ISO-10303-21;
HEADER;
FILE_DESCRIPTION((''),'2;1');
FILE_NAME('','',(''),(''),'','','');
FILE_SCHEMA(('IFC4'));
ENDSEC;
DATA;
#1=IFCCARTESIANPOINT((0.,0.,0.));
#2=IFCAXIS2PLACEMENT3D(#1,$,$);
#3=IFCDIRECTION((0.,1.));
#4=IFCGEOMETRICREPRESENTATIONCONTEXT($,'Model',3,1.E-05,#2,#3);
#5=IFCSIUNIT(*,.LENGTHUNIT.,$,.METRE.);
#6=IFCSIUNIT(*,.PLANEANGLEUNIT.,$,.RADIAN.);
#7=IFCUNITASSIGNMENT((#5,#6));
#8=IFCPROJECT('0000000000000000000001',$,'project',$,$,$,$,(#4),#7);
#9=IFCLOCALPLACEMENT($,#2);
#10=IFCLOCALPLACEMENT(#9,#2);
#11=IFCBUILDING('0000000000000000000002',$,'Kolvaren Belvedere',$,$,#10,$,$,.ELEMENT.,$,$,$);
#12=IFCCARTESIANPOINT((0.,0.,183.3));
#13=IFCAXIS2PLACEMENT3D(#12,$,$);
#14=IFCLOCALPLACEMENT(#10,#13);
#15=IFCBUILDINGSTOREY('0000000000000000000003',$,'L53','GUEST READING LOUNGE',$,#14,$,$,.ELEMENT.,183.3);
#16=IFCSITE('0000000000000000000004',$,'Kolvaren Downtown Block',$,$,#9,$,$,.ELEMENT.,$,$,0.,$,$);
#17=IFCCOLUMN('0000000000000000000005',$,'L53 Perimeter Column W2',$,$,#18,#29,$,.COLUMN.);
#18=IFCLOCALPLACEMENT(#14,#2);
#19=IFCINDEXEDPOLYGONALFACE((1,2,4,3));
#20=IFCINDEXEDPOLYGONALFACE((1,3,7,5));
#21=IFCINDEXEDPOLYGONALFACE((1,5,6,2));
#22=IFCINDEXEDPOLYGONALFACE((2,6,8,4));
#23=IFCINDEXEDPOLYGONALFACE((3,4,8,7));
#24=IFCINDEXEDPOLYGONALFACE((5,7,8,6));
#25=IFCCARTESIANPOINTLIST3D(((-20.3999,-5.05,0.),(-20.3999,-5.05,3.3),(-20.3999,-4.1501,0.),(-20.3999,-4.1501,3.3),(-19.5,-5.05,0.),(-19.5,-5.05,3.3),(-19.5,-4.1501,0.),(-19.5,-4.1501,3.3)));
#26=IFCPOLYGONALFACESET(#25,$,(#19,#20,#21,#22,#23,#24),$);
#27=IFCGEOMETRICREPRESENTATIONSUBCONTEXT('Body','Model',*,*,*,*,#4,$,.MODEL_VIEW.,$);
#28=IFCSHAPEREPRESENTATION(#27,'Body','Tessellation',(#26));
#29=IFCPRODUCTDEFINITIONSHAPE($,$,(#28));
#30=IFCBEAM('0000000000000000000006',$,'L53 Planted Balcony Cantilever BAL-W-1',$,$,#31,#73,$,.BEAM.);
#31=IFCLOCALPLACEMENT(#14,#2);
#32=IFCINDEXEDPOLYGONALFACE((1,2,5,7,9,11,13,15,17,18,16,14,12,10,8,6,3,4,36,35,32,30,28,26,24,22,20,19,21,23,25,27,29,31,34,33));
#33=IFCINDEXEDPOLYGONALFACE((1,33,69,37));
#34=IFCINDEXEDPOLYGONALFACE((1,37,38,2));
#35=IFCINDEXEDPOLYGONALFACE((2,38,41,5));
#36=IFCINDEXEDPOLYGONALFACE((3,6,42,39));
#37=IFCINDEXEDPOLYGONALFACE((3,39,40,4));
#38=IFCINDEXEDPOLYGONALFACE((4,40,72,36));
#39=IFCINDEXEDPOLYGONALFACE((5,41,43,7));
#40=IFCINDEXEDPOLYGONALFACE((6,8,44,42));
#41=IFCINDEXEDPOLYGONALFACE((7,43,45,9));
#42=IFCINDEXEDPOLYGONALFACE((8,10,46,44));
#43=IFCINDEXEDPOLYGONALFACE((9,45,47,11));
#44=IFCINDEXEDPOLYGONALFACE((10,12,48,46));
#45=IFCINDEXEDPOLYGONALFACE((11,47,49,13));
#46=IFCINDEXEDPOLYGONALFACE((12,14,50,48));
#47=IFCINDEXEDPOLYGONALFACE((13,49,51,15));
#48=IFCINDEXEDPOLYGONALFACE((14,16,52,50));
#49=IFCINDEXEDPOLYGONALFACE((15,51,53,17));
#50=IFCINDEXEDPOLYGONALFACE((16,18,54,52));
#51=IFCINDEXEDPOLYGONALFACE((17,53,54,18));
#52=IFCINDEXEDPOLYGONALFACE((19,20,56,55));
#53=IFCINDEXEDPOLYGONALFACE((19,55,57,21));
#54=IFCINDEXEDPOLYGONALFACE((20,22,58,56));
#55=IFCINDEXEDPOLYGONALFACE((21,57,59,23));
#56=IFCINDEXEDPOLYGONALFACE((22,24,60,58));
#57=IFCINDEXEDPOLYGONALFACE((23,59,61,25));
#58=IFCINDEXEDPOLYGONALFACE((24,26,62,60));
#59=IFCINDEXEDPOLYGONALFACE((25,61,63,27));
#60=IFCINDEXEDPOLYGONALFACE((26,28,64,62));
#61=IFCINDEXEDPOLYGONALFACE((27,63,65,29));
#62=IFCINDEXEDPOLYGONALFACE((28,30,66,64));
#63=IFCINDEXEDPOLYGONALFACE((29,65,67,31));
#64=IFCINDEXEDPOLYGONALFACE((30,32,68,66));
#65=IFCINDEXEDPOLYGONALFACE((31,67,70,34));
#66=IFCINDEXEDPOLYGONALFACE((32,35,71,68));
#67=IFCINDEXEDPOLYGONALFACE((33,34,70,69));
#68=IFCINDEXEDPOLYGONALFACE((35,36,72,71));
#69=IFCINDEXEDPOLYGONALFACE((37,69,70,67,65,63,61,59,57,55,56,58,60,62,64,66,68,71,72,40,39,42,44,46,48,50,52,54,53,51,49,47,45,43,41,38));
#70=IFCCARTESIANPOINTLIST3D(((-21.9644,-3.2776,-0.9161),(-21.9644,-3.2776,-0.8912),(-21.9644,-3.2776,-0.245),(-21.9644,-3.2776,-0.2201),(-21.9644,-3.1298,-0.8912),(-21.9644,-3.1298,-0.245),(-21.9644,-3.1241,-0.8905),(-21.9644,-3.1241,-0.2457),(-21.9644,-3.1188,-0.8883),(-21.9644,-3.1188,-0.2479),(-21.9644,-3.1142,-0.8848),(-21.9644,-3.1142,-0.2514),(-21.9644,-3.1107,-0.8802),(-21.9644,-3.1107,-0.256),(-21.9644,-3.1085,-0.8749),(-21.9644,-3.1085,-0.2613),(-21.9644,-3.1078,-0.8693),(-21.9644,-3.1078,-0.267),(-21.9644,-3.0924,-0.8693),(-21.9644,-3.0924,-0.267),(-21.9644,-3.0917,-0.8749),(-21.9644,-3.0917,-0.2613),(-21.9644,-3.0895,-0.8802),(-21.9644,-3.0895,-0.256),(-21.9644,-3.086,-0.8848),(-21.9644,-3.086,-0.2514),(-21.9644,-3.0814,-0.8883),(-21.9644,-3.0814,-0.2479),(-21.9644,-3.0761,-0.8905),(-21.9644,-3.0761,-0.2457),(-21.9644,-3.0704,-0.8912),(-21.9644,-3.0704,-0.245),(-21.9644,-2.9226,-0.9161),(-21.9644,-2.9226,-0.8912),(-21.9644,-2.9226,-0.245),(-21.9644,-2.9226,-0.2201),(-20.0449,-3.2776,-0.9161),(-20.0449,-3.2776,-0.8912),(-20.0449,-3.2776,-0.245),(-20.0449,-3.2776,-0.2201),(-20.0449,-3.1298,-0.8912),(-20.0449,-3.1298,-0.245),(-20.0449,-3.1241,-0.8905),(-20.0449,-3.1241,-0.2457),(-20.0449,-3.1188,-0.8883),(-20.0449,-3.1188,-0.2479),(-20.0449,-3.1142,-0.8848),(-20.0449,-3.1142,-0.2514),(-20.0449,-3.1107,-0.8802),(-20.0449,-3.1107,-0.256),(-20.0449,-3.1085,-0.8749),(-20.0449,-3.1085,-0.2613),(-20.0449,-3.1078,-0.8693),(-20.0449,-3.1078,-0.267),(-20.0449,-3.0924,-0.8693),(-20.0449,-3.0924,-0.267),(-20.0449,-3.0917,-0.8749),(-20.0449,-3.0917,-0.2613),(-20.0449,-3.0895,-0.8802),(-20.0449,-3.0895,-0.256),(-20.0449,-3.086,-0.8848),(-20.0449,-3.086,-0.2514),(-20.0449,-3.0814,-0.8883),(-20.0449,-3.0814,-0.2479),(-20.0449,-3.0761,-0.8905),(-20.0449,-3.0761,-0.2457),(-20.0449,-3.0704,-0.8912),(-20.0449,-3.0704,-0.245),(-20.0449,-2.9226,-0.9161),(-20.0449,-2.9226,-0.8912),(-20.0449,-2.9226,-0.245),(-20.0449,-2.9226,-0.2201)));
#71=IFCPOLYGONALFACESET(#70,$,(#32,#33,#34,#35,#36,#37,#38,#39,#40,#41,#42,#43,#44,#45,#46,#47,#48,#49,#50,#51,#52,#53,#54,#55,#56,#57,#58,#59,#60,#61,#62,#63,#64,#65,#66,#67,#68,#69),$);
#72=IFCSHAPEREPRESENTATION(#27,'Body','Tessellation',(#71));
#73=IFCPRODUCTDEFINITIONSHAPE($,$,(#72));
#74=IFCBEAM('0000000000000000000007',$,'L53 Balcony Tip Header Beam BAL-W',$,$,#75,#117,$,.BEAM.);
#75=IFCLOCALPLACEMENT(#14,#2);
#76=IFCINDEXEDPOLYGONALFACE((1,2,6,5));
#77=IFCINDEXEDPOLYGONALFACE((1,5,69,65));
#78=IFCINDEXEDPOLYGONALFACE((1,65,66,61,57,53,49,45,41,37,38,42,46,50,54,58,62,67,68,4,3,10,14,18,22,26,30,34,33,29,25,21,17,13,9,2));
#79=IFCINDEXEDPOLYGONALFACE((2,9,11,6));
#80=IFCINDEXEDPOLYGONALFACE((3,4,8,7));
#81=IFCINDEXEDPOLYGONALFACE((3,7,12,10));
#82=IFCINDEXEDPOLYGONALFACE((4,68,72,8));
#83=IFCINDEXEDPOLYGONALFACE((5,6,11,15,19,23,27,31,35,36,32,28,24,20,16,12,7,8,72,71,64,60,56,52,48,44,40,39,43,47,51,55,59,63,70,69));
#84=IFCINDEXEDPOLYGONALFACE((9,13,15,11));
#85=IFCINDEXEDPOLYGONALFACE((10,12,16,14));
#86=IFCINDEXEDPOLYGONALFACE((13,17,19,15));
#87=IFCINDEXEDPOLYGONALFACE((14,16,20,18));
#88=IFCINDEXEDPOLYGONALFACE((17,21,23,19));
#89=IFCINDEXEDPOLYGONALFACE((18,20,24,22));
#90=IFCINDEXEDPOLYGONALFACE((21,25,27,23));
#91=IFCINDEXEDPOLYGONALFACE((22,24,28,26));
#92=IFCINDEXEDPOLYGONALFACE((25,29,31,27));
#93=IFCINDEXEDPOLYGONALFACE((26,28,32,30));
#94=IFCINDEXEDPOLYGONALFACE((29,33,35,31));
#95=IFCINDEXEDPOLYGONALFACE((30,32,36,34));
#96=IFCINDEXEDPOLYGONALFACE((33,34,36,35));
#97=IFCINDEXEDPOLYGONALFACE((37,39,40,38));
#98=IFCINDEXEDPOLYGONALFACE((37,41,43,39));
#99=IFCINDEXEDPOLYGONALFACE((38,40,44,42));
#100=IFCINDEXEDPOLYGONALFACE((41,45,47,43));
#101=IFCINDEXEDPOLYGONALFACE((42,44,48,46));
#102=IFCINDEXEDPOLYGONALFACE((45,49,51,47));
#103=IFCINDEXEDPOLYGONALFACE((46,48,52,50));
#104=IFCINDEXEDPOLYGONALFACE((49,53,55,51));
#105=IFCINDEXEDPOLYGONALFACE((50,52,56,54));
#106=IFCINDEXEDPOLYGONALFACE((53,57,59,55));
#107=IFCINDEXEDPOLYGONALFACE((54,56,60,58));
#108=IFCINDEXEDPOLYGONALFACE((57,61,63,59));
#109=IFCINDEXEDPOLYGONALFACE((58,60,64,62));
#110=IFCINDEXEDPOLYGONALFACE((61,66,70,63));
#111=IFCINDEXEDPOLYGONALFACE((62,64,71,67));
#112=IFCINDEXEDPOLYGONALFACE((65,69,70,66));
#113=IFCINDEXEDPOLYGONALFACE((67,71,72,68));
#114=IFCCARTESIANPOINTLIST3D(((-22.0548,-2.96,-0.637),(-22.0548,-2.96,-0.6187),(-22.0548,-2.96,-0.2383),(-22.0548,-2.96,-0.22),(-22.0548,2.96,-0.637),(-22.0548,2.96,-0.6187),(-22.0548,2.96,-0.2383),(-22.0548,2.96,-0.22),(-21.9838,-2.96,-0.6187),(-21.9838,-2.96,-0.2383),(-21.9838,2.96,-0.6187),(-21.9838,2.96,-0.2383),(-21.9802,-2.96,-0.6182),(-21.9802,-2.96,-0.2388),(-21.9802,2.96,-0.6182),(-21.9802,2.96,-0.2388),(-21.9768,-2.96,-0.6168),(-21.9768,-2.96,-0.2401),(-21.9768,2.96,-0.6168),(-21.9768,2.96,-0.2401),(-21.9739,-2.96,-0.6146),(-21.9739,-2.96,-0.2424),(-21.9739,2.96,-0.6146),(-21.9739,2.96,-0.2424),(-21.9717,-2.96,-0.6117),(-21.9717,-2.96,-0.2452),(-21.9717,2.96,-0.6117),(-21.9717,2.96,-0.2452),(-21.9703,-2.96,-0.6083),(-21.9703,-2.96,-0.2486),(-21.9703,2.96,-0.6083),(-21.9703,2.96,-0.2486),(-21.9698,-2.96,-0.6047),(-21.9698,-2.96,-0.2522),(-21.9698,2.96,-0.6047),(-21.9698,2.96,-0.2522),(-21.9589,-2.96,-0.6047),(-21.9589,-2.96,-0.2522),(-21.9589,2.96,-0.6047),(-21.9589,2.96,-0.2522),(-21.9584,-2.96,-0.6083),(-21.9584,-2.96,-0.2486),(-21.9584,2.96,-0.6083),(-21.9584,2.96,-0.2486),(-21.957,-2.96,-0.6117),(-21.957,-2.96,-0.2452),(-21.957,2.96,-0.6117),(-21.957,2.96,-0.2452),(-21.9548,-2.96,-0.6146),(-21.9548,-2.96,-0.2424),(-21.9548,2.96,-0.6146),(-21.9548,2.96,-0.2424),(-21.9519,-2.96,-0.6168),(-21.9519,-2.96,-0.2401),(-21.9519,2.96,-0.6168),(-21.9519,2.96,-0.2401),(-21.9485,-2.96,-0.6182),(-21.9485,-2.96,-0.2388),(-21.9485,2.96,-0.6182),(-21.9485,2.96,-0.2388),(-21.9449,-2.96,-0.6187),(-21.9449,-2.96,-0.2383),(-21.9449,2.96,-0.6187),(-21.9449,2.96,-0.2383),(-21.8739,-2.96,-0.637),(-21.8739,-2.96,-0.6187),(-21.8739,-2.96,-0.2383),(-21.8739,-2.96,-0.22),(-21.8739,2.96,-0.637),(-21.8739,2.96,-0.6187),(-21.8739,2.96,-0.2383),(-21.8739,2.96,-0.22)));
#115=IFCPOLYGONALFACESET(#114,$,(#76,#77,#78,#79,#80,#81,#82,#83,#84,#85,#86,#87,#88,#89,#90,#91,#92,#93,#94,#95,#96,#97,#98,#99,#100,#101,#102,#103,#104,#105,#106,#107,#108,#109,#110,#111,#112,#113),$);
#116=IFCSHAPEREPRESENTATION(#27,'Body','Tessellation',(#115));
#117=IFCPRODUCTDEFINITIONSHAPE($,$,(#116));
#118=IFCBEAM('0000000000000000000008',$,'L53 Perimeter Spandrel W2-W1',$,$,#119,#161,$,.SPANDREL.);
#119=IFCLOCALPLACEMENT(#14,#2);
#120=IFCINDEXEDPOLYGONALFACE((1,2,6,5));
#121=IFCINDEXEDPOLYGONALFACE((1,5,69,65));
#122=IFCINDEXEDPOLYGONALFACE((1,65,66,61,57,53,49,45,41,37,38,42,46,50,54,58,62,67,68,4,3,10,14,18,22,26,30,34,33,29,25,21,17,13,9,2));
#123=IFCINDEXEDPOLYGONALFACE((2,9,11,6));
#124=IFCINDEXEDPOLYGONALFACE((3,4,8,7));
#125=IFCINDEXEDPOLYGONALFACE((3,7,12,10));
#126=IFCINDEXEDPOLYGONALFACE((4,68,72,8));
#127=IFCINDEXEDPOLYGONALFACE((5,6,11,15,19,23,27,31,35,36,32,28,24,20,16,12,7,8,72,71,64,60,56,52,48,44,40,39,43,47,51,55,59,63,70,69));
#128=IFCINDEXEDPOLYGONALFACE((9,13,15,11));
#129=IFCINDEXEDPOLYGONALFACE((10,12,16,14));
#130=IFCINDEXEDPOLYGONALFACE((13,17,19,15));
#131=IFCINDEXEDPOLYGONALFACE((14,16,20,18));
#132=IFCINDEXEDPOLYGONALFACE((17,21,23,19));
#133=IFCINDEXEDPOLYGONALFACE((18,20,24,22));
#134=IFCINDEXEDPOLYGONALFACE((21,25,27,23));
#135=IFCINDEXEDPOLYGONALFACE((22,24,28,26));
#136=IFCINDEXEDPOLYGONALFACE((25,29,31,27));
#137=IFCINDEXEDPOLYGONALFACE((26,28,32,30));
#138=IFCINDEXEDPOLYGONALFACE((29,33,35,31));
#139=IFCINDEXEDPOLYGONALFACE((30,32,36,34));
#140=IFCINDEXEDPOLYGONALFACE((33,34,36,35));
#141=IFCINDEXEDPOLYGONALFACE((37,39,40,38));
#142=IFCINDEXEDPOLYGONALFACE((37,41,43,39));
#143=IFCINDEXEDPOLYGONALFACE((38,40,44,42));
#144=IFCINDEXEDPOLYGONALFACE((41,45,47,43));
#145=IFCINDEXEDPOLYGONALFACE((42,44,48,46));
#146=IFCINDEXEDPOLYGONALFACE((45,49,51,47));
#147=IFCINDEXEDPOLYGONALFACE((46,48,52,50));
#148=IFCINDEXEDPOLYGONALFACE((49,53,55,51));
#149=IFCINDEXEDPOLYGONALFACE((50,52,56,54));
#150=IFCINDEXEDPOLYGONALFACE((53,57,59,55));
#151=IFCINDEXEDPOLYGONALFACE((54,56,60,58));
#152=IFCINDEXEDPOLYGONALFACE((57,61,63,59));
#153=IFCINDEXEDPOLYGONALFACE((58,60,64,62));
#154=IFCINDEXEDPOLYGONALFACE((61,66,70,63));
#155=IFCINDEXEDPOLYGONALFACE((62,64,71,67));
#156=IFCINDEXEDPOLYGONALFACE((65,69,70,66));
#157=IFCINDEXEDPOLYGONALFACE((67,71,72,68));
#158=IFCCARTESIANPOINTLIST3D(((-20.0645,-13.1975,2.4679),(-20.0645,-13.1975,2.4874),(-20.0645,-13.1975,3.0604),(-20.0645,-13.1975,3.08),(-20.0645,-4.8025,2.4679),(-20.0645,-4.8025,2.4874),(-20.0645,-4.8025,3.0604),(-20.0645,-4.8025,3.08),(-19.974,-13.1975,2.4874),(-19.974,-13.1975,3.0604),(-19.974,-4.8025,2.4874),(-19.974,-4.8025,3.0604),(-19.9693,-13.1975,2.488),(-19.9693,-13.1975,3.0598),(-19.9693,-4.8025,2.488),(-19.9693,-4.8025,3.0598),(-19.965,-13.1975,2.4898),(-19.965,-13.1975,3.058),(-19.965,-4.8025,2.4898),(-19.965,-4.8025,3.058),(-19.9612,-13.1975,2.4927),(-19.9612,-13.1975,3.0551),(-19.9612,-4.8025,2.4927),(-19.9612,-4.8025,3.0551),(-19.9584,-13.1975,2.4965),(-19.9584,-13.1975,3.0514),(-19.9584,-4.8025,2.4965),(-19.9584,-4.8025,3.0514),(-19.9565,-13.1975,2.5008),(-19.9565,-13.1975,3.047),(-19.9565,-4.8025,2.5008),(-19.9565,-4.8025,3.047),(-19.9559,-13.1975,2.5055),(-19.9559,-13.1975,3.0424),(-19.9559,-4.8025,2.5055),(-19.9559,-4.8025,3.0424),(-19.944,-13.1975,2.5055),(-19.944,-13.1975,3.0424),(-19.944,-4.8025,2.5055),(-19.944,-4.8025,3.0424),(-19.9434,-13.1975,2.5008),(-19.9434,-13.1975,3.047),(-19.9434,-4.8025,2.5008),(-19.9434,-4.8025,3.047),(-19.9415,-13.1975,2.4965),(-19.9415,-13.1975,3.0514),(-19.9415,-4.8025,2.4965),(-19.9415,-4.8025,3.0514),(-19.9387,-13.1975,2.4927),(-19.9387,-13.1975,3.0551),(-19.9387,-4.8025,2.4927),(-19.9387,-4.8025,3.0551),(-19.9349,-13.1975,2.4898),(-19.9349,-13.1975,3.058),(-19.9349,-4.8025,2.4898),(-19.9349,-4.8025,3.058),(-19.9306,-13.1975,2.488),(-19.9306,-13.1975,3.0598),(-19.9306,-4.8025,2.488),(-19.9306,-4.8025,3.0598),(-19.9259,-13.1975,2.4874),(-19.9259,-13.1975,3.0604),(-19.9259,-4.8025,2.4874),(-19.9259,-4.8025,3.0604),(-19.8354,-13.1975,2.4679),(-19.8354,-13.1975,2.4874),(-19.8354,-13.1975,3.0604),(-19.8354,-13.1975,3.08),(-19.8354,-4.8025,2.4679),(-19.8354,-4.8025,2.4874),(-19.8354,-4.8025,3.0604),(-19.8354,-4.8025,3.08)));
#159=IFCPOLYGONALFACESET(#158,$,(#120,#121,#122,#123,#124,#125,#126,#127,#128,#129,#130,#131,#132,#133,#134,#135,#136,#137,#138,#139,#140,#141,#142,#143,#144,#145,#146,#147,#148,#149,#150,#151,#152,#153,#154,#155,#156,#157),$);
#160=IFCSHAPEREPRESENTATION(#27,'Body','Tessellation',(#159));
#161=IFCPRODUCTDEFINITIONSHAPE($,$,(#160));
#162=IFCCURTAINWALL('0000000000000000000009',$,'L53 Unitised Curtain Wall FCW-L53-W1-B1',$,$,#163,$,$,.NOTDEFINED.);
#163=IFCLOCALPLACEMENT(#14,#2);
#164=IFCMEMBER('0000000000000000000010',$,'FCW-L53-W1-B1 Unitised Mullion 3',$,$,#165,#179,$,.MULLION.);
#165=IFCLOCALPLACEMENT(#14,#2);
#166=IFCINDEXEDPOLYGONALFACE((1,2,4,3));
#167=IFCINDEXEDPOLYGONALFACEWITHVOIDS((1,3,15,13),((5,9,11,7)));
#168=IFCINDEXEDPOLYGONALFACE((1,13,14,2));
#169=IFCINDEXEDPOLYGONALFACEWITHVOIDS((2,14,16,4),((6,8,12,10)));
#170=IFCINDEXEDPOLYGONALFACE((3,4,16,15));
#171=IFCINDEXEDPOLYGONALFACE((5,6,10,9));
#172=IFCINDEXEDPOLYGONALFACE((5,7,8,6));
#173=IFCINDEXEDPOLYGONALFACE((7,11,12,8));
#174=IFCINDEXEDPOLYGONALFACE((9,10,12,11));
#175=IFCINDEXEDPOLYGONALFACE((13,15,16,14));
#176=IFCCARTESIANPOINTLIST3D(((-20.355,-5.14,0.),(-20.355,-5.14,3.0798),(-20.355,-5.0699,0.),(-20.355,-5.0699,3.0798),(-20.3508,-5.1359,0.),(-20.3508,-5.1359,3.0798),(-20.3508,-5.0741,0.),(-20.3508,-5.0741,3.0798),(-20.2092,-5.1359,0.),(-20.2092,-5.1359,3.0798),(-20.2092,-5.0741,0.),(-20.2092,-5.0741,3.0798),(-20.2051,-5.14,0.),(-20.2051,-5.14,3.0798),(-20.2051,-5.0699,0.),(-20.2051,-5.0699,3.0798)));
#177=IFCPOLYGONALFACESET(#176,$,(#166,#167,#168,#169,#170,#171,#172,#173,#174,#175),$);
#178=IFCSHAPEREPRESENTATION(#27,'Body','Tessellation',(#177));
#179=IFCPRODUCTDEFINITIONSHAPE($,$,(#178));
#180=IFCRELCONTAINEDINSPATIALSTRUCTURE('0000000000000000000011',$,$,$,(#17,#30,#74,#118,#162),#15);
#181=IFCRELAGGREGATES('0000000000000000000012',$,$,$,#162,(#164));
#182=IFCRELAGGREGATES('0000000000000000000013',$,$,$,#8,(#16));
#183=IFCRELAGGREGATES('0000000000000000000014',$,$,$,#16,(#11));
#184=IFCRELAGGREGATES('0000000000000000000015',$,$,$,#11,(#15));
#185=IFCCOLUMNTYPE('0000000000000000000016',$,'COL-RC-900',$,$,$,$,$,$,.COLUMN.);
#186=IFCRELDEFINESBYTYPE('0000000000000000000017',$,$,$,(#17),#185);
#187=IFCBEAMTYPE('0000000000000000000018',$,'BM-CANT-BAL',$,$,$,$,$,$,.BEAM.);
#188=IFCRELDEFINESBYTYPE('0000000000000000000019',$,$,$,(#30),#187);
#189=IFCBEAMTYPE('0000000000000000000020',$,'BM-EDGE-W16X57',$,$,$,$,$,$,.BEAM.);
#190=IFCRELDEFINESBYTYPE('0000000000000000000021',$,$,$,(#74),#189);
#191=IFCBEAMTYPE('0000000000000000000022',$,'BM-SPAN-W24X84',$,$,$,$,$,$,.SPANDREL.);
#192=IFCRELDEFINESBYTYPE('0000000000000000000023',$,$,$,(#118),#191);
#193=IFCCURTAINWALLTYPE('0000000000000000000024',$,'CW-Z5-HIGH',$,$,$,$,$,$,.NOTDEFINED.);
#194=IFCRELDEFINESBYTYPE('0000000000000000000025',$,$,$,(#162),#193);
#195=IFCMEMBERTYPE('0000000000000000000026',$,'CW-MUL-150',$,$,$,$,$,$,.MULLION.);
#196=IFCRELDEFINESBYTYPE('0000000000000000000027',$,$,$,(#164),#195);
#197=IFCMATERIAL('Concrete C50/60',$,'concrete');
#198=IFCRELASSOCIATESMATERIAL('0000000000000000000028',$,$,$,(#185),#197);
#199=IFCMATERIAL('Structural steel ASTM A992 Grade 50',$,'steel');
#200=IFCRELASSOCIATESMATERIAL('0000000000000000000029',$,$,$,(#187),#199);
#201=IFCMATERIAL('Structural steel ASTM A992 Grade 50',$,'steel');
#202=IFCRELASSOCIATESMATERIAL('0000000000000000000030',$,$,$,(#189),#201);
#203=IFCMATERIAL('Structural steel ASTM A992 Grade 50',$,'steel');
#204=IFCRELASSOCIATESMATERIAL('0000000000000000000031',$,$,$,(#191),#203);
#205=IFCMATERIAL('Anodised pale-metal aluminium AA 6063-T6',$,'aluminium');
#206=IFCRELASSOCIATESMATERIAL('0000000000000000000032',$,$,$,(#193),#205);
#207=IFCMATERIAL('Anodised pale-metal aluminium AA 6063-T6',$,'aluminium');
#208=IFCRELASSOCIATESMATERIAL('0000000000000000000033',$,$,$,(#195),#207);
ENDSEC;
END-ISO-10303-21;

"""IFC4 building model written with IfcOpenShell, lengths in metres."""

from ifc_helpers import new_model, si_unit, direction, frame, origin, origin_2d, place, context, subcontext, project, spatial, rectangle, hollow_rectangle, i_section, extrude, material, material_profile, profile_set, type_object, element, aggregate, save


model = new_model("IFC4")

# Units and contexts
model_context = context("Model", 3, precision=1e-05, world=origin(), true_north=direction((0.0, 1.0)))
body_context = subcontext(model_context, "Body", "Model", "MODEL_VIEW")
ifc_project = project(units=[si_unit("LENGTHUNIT", "METRE"), si_unit("PLANEANGLEUNIT", "RADIAN")], contexts=[model_context])

# Site, building, storey
site_placement = place(None, origin())
site = spatial("IfcSite", under=ifc_project, at=site_placement, Name="Kolvaren Downtown Block", CompositionType="ELEMENT", RefElevation=0.0)
building_placement = place(site_placement, origin())
building = spatial("IfcBuilding", under=site, at=building_placement, Name="Kolvaren Belvedere", CompositionType="ELEMENT")
storey_placement = place(building_placement, frame((0.0, 0.0, 183.3)))
storey = spatial("IfcBuildingStorey", under=building, at=storey_placement, Name="L53", Description="GUEST READING LOUNGE", CompositionType="ELEMENT", Elevation=183.3)

# Column
ifc_material_1 = material(Name="Concrete C50/60", Category="concrete")
ifc_material_profile_1 = material_profile(ifc_material_1, rectangle(XDim=0.8999, YDim=0.8999, at=origin_2d()), Name="RC 900X900")
ifc_profile_set_1 = profile_set([ifc_material_profile_1], Name="Concrete C50/60")
column_type = type_object("IfcColumnType", Name="COL-RC-900", PredefinedType="COLUMN", material=ifc_profile_set_1)
column_placement = place(storey_placement, frame((-19.95, -4.6001, 0.0), z_axis=(0.0, 0.0, 1.0), x_axis=(1.0, 0.0, 0.0)))
element("IfcColumn", 1, at=column_placement, inside=storey, type_object=column_type, Name="L53 Perimeter Column W2", PredefinedType="COLUMN", context=body_context, shape_type="SweptSolid", body=[
    extrude(rectangle(XDim=0.8999, YDim=0.8999, at=origin_2d()), origin(), (0.0, 0.0, 1.0), 3.3),
])

# Beams
ifc_material_2 = material(Name="Structural steel ASTM A992 Grade 50", Category="steel")
ifc_material_profile_2 = material_profile(ifc_material_2, i_section(OverallWidth=0.355, OverallDepth=0.696, WebThickness=0.0154, FlangeThickness=0.0249, FilletRadius=0.022, at=origin_2d()), Name="W27X146")
ifc_profile_set_2 = profile_set([ifc_material_profile_2], Name="Structural steel ASTM A992 Grade 50")
beam_type_1 = type_object("IfcBeamType", Name="BM-CANT-BAL", PredefinedType="BEAM", material=ifc_profile_set_2)
beam_1_placement = place(storey_placement, frame((-20.0449, -3.1001, -0.5681), z_axis=(-1.0, 0.0, 0.0), x_axis=(0.0, -1.0, 0.0)))
element("IfcBeam", 2, at=beam_1_placement, inside=storey, type_object=beam_type_1, Name="L53 Planted Balcony Cantilever BAL-W-1", PredefinedType="BEAM", context=body_context, shape_type="SweptSolid", body=[
    extrude(i_section(OverallWidth=0.355, OverallDepth=0.696, WebThickness=0.0154, FlangeThickness=0.0249, FilletRadius=0.022, at=origin_2d()), origin(), (0.0, 0.0, 1.0), 1.9194),
])
ifc_material_3 = material(Name="Structural steel ASTM A992 Grade 50", Category="steel")
ifc_material_profile_3 = material_profile(ifc_material_3, i_section(OverallWidth=0.1809, OverallDepth=0.417, WebThickness=0.011, FlangeThickness=0.0183, FilletRadius=0.0139, at=origin_2d()), Name="W16X57")
ifc_profile_set_3 = profile_set([ifc_material_profile_3], Name="Structural steel ASTM A992 Grade 50")
beam_type_2 = type_object("IfcBeamType", Name="BM-EDGE-W16X57", PredefinedType="BEAM", material=ifc_profile_set_3)
beam_2_placement = place(storey_placement, frame((-21.9644, -2.96, -0.4285), z_axis=(0.0, 1.0, 0.0), x_axis=(-1.0, 0.0, 0.0)))
element("IfcBeam", 3, at=beam_2_placement, inside=storey, type_object=beam_type_2, Name="L53 Balcony Tip Header Beam BAL-W", PredefinedType="BEAM", context=body_context, shape_type="SweptSolid", body=[
    extrude(i_section(OverallWidth=0.1809, OverallDepth=0.417, WebThickness=0.011, FlangeThickness=0.0183, FilletRadius=0.0139, at=origin_2d()), origin(), (0.0, 0.0, 1.0), 5.9199),
])
ifc_material_4 = material(Name="Structural steel ASTM A992 Grade 50", Category="steel")
ifc_material_profile_4 = material_profile(ifc_material_4, i_section(OverallWidth=0.229, OverallDepth=0.6121, WebThickness=0.012, FlangeThickness=0.0195, FilletRadius=0.0181, at=origin_2d()), Name="W24X84")
ifc_profile_set_4 = profile_set([ifc_material_profile_4], Name="Structural steel ASTM A992 Grade 50")
beam_type_3 = type_object("IfcBeamType", Name="BM-SPAN-W24X84", PredefinedType="SPANDREL", material=ifc_profile_set_4)
beam_3_placement = place(storey_placement, frame((-19.95, -4.8025, 2.7739), z_axis=(0.0, -1.0, 0.0), x_axis=(1.0, 0.0, 0.0)))
element("IfcBeam", 4, at=beam_3_placement, inside=storey, type_object=beam_type_3, Name="L53 Perimeter Spandrel W2-W1", PredefinedType="SPANDREL", context=body_context, shape_type="SweptSolid", body=[
    extrude(i_section(OverallWidth=0.229, OverallDepth=0.6121, WebThickness=0.012, FlangeThickness=0.0195, FilletRadius=0.0181, at=origin_2d()), origin(), (0.0, 0.0, 1.0), 8.395),
])

# Curtain wall, member
ifc_material_5 = material(Name="Anodised pale-metal aluminium AA 6063-T6", Category="aluminium")
curtain_wall_type = type_object("IfcCurtainWallType", Name="CW-Z5-HIGH", PredefinedType="NOTDEFINED", material=ifc_material_5)
curtain_wall_1_placement = place(storey_placement, origin())
curtain_wall_1 = element("IfcCurtainWall", 5, at=curtain_wall_1_placement, inside=storey, type_object=curtain_wall_type, Name="L53 Unitised Curtain Wall FCW-L53-W1-B1", PredefinedType="NOTDEFINED")
ifc_material_6 = material(Name="Anodised pale-metal aluminium AA 6063-T6", Category="aluminium")
ifc_material_profile_5 = material_profile(ifc_material_6, hollow_rectangle(XDim=0.0701, YDim=0.1499, WallThickness=0.0042, at=origin_2d()), Name="ALU-MUL-150X70")
ifc_profile_set_5 = profile_set([ifc_material_profile_5], Name="Anodised pale-metal aluminium AA 6063-T6")
member_type_1 = type_object("IfcMemberType", Name="CW-MUL-150", PredefinedType="MULLION", material=ifc_profile_set_5)
member_1_placement = place(storey_placement, frame((-20.28, -5.105, 0.0), z_axis=(0.0, 0.0, 1.0), x_axis=(0.0, 1.0, 0.0)))
member_1 = element("IfcMember", 6, at=member_1_placement, type_object=member_type_1, Name="FCW-L53-W1-B1 Unitised Mullion 3", PredefinedType="MULLION", context=body_context, shape_type="SweptSolid", body=[
    extrude(hollow_rectangle(XDim=0.0701, YDim=0.1499, WallThickness=0.0042, at=origin_2d()), origin(), (0.0, 0.0, 1.0), 3.0798),
])
aggregate(curtain_wall_1, [member_1])

save(model, "model.ifc")
